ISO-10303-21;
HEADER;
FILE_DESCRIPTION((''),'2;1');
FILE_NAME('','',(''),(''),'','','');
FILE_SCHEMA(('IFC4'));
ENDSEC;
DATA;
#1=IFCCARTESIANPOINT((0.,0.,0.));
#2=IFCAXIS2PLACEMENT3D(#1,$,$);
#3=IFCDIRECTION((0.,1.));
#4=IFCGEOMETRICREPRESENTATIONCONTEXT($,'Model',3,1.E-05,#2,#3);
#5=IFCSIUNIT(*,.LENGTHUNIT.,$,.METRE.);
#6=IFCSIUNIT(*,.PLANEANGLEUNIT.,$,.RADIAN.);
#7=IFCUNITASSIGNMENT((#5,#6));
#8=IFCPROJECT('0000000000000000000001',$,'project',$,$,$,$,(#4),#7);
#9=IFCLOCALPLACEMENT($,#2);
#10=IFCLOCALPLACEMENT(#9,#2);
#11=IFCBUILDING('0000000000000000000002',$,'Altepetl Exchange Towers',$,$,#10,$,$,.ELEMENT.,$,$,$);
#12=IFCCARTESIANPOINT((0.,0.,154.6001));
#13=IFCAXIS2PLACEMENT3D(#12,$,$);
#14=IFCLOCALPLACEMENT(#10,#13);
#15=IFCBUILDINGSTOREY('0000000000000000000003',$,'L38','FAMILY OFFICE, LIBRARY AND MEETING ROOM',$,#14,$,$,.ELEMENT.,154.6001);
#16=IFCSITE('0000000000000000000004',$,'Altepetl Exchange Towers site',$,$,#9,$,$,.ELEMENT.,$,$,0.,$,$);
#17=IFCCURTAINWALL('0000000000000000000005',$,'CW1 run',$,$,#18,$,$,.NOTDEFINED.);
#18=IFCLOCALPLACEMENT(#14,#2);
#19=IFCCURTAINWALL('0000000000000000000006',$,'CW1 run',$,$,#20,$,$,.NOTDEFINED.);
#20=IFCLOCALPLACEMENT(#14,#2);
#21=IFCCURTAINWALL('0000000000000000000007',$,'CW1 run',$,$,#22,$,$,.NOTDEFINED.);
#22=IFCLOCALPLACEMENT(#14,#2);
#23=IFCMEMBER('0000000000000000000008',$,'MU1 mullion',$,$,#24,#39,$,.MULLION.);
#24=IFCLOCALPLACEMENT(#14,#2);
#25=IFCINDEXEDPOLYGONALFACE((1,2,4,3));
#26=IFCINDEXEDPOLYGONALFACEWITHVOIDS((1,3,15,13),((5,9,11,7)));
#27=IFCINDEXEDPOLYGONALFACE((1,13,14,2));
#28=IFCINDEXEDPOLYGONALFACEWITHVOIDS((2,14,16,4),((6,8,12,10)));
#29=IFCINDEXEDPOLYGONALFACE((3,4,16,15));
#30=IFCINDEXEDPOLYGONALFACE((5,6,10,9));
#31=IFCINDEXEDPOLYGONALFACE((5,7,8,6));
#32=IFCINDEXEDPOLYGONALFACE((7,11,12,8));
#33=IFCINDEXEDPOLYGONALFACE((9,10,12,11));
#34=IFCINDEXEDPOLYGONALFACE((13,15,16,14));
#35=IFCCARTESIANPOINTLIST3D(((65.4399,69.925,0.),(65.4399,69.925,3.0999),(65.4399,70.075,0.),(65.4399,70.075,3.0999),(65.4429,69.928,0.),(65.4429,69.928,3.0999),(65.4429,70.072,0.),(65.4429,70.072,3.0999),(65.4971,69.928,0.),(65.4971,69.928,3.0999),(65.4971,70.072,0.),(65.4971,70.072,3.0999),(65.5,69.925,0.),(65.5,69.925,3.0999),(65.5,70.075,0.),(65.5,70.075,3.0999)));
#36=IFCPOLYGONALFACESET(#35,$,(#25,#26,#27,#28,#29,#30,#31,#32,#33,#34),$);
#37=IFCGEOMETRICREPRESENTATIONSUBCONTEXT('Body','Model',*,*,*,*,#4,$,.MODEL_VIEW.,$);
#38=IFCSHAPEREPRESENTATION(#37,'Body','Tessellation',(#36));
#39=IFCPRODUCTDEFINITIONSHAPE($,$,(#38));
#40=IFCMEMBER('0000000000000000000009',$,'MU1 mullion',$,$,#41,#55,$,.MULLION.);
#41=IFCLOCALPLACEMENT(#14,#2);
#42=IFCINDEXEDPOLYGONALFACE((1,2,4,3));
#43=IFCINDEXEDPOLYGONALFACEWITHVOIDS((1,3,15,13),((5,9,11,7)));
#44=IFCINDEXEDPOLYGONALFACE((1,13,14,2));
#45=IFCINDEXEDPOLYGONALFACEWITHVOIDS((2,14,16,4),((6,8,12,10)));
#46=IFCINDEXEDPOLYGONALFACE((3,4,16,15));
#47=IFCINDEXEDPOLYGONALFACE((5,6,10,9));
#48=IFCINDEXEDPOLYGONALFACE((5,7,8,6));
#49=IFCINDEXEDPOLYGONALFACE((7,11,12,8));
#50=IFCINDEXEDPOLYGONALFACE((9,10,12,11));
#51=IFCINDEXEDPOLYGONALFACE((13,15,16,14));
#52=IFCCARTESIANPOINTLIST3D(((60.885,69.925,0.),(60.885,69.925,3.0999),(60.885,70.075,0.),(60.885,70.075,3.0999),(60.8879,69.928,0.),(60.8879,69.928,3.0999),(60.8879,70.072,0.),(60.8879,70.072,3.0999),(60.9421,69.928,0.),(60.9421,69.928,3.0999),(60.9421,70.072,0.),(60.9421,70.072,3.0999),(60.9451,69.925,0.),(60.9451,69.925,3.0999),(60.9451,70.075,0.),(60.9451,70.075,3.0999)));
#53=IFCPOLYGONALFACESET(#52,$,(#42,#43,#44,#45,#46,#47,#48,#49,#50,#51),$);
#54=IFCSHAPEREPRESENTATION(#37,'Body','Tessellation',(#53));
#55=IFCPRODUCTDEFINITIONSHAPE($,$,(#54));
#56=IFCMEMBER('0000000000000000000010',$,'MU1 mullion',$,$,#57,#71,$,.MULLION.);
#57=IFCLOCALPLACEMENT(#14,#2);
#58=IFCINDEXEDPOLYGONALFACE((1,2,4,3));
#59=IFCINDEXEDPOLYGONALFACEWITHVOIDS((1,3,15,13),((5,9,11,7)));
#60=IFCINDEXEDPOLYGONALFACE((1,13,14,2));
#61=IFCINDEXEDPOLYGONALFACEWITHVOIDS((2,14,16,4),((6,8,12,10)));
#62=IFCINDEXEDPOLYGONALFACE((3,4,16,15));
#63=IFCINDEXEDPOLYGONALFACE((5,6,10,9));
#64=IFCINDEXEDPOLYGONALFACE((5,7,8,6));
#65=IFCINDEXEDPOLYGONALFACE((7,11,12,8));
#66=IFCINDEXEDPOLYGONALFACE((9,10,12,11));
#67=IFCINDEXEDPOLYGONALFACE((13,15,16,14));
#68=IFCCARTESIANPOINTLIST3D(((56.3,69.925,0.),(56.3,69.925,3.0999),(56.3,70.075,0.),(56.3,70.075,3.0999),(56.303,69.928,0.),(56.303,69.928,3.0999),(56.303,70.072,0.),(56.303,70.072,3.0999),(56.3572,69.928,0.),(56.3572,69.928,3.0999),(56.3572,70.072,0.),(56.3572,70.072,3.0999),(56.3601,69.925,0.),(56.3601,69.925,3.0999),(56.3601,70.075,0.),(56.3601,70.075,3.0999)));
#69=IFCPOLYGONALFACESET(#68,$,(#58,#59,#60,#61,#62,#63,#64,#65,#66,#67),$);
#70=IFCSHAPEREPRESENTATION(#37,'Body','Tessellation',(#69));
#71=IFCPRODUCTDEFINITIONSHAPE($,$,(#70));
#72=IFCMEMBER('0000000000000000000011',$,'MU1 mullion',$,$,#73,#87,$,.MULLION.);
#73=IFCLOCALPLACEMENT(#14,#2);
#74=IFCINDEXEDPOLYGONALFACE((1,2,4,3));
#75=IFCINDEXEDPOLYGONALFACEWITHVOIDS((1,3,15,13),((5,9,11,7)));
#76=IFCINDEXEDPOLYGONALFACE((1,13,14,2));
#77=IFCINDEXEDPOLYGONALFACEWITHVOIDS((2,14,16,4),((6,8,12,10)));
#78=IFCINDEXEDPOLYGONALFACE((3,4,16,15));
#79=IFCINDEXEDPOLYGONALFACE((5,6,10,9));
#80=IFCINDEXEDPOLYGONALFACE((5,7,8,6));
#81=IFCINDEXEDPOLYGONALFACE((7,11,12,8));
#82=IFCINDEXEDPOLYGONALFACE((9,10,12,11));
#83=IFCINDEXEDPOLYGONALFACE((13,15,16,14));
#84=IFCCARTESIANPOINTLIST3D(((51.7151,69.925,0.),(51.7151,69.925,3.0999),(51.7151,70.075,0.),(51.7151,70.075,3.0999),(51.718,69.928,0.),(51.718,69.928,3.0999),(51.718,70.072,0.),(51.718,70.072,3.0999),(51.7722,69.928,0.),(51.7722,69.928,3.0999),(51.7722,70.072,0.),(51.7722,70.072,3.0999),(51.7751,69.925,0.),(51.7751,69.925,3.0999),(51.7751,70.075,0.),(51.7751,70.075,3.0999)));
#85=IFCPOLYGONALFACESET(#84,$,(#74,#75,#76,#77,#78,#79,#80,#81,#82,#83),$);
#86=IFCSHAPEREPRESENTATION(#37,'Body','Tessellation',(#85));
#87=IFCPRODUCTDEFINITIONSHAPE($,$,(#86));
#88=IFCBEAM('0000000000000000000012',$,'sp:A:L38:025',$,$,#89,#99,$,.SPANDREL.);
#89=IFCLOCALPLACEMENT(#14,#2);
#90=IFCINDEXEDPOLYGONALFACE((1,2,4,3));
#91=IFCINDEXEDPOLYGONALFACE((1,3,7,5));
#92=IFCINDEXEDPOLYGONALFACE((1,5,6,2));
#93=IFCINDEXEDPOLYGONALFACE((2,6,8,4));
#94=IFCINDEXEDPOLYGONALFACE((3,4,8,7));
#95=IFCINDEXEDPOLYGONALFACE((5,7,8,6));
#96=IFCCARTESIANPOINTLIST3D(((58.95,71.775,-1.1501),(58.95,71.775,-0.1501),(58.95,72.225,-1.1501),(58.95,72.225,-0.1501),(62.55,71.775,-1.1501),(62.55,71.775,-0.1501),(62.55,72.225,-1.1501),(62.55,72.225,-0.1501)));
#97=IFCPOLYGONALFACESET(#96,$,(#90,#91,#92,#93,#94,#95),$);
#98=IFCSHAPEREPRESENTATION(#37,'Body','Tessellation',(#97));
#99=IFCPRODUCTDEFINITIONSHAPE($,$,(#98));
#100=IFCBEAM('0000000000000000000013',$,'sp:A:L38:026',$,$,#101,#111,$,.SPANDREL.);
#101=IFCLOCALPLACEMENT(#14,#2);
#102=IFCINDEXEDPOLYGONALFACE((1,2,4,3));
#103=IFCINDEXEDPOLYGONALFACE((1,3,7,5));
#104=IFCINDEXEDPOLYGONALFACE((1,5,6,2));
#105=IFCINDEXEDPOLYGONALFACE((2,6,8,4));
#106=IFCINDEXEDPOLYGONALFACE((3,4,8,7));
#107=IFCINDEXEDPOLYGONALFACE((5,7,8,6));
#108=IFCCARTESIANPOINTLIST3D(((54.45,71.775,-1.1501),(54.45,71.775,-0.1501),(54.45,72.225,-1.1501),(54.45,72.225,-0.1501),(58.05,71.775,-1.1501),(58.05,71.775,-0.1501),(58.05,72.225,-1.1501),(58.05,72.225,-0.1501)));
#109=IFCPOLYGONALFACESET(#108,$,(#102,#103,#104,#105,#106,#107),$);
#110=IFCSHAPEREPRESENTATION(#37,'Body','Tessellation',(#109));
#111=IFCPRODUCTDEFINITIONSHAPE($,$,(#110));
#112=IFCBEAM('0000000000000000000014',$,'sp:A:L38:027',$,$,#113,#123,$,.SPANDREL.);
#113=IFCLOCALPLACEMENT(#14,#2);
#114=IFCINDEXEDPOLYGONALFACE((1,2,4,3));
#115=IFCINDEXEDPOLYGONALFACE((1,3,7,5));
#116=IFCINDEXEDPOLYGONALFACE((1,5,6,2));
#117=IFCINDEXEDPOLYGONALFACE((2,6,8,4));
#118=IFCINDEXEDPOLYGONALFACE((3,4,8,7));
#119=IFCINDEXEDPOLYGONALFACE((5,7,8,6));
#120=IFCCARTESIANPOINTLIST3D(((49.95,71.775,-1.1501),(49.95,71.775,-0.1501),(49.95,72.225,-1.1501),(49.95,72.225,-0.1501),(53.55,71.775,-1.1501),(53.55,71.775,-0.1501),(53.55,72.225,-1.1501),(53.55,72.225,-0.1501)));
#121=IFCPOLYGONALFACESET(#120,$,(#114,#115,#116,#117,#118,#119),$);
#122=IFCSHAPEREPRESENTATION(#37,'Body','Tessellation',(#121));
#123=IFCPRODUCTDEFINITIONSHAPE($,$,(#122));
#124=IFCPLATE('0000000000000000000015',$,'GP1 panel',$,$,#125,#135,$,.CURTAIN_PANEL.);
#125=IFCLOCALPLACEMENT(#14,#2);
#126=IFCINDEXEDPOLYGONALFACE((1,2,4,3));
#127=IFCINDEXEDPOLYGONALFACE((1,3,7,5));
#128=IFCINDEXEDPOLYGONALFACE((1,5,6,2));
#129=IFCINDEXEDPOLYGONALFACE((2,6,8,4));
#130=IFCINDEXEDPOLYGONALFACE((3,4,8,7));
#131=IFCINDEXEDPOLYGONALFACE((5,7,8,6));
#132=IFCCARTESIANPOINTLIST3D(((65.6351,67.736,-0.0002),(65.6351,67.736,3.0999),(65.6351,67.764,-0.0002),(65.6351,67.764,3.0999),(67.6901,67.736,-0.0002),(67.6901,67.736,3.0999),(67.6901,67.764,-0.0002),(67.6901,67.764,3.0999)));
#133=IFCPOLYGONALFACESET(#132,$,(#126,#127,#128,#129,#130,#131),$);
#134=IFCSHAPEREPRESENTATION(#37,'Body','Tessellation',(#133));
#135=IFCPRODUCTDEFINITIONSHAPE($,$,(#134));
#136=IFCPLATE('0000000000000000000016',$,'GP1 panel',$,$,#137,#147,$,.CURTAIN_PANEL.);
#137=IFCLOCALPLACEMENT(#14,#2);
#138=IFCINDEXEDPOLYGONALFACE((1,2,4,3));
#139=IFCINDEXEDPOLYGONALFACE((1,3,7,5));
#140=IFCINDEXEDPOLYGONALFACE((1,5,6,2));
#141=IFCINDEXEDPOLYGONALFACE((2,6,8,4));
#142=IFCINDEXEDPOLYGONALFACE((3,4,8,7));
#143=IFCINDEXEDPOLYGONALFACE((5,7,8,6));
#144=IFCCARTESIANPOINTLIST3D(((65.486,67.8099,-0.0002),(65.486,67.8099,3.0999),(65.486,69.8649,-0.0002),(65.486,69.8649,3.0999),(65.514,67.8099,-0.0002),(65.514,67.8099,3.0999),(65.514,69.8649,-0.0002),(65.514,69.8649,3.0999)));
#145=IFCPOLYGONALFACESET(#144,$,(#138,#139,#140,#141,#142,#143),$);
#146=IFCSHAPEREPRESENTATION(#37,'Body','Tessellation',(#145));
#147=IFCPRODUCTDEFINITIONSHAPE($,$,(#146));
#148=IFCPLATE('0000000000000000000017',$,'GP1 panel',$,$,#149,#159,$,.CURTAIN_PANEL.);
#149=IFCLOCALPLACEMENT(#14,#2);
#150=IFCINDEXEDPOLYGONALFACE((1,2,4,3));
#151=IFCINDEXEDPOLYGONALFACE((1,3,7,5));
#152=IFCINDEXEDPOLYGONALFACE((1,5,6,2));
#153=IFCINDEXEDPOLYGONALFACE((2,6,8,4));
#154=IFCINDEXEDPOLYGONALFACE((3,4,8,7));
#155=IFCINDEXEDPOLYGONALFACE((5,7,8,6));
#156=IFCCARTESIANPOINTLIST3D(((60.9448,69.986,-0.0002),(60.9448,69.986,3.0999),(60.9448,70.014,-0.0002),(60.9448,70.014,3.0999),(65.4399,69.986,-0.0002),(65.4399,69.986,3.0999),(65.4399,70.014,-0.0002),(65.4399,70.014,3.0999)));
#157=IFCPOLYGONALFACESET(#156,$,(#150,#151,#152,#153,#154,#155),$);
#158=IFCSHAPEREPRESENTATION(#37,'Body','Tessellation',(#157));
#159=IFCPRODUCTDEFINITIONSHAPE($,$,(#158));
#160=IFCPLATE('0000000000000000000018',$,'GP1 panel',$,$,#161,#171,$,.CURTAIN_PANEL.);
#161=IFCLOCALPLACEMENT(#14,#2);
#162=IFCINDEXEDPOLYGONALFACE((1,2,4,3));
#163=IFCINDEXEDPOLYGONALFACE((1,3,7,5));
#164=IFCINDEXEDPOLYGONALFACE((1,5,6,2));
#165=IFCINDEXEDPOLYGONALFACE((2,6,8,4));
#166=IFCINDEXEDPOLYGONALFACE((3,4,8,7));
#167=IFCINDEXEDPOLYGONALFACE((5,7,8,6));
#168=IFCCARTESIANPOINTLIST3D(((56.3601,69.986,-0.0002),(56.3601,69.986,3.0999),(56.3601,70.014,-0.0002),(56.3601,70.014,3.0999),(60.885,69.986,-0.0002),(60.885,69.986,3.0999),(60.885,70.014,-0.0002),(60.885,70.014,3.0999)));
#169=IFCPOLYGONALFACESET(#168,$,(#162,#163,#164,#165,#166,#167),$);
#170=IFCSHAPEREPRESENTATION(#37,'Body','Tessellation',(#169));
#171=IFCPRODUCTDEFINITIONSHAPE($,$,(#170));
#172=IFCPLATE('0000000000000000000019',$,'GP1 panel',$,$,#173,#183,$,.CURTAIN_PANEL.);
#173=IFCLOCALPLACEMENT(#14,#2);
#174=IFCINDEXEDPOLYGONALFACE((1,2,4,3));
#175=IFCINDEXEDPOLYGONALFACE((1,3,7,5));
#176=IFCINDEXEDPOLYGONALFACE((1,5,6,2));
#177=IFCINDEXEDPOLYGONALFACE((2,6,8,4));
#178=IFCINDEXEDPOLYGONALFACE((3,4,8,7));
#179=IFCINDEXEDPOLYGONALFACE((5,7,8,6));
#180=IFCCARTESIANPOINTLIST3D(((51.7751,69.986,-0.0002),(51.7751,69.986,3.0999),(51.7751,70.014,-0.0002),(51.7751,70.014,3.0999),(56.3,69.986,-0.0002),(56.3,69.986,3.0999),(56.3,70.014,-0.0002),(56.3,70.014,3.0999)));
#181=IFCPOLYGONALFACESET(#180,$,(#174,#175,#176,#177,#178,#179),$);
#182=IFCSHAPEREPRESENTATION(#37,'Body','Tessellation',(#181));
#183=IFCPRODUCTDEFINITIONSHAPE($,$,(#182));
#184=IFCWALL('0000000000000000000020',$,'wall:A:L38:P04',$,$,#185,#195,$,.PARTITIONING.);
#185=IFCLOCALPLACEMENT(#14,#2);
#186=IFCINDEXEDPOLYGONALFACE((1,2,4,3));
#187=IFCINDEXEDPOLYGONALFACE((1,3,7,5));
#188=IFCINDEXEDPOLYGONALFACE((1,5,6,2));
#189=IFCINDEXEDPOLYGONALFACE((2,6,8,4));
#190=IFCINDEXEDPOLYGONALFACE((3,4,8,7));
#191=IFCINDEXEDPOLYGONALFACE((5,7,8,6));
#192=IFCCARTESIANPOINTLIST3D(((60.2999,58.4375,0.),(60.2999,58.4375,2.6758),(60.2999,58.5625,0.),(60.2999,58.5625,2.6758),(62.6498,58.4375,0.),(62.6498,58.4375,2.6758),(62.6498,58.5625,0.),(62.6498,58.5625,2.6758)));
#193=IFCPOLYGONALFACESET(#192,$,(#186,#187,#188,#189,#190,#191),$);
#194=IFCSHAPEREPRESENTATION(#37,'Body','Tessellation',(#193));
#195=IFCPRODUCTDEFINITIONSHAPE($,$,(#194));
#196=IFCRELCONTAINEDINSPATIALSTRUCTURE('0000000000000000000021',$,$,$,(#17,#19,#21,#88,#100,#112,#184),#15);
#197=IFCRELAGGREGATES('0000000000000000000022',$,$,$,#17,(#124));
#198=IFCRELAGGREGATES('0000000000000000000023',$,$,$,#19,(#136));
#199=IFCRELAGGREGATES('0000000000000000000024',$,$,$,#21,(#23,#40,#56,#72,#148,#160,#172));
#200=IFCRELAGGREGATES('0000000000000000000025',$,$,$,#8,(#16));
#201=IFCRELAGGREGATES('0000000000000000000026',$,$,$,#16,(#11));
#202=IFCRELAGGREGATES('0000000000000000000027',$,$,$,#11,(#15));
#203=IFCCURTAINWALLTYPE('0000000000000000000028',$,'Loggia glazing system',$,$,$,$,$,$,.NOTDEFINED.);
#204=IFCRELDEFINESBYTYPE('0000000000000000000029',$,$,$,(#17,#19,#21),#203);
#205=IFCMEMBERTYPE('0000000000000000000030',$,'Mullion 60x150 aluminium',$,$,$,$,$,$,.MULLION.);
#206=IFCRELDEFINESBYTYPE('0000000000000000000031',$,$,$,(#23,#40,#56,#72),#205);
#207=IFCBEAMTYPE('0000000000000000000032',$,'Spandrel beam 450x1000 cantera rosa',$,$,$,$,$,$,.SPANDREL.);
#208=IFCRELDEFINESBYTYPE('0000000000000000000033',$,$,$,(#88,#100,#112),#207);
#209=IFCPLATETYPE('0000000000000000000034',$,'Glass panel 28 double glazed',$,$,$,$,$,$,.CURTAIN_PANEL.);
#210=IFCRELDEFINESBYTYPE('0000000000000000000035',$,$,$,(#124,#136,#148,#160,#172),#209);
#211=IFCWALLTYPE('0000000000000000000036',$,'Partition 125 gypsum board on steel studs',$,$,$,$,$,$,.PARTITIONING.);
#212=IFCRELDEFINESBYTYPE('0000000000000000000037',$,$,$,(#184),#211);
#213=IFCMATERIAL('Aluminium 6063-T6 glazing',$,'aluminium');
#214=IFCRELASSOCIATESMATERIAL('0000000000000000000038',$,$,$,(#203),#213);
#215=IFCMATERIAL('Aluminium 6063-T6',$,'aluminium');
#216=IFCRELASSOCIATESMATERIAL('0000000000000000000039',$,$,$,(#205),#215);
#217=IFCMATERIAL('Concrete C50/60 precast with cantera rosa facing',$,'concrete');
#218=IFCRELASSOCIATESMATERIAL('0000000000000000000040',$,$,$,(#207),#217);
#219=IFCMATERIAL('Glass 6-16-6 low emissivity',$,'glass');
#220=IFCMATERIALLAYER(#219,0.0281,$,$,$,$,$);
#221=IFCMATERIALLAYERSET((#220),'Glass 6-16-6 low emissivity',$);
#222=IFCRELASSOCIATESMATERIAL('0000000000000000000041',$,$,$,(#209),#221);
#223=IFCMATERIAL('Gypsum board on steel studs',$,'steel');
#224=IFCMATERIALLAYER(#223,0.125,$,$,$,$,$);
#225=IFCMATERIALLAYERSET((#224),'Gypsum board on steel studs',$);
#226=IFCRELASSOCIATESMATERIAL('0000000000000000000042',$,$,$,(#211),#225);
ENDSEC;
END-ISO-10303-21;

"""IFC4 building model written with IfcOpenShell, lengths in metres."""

from ifc_helpers import new_model, si_unit, direction, frame, frame_2d, origin, origin_2d, place, context, subcontext, project, spatial, rectangle, hollow_rectangle, extrude, material, layer, layer_set, material_profile, profile_set, type_object, element, aggregate, save


model = new_model("IFC4")

# Units and contexts
model_context = context("Model", 3, precision=1e-05, world=origin(), true_north=direction((0.0, 1.0)))
body_context = subcontext(model_context, "Body", "Model", "MODEL_VIEW")
ifc_project = project(units=[si_unit("LENGTHUNIT", "METRE"), si_unit("PLANEANGLEUNIT", "RADIAN")], contexts=[model_context])

# Site, building, storey
site_placement = place(None, origin())
site = spatial("IfcSite", under=ifc_project, at=site_placement, Name="Altepetl Exchange Towers site", CompositionType="ELEMENT", RefElevation=0.0)
building_placement = place(site_placement, origin())
building = spatial("IfcBuilding", under=site, at=building_placement, Name="Altepetl Exchange Towers", CompositionType="ELEMENT")
storey_placement = place(building_placement, frame((0.0, 0.0, 154.6001)))
storey = spatial("IfcBuildingStorey", under=building, at=storey_placement, Name="L38", Description="FAMILY OFFICE, LIBRARY AND MEETING ROOM", CompositionType="ELEMENT", Elevation=154.6001)

# Curtain wall
ifc_material_1 = material(Name="Aluminium 6063-T6 glazing", Category="aluminium")
curtain_wall_type = type_object("IfcCurtainWallType", Name="Loggia glazing system", PredefinedType="NOTDEFINED", material=ifc_material_1)
curtain_wall_1_placement = place(storey_placement, origin())
curtain_wall_1 = element("IfcCurtainWall", 1, at=curtain_wall_1_placement, inside=storey, type_object=curtain_wall_type, Name="CW1 run", PredefinedType="NOTDEFINED")
ifc_material_2 = material(Name="Aluminium 6063-T6", Category="aluminium")
ifc_material_profile_1 = material_profile(ifc_material_2, hollow_rectangle(XDim=0.0601, YDim=0.1499, WallThickness=0.0029, at=origin_2d()), Name="Mullion 60x150 aluminium")
ifc_profile_set_1 = profile_set([ifc_material_profile_1], Name="Aluminium 6063-T6")
member_type = type_object("IfcMemberType", Name="Mullion 60x150 aluminium", PredefinedType="MULLION", material=ifc_profile_set_1)

# Curtain walls, members
curtain_wall_2_placement = place(storey_placement, origin())
curtain_wall_2 = element("IfcCurtainWall", 2, at=curtain_wall_2_placement, inside=storey, type_object=curtain_wall_type, Name="CW1 run", PredefinedType="NOTDEFINED")
curtain_wall_3_placement = place(storey_placement, origin())
curtain_wall_3 = element("IfcCurtainWall", 3, at=curtain_wall_3_placement, inside=storey, type_object=curtain_wall_type, Name="CW1 run", PredefinedType="NOTDEFINED")
member_1_placement = place(storey_placement, frame((65.47, 70.0, 0.0), z_axis=(0.0, 0.0, 1.0), x_axis=(-1.0, 0.0, 0.0)))
member_1 = element("IfcMember", 4, at=member_1_placement, type_object=member_type, Name="MU1 mullion", PredefinedType="MULLION", context=body_context, shape_type="SweptSolid", body=[
    extrude(hollow_rectangle(XDim=0.0601, YDim=0.1499, WallThickness=0.0029, at=origin_2d()), origin(), (0.0, 0.0, 1.0), 3.0999),
])
member_2_placement = place(storey_placement, frame((60.915, 70.0, 0.0), z_axis=(0.0, 0.0, 1.0), x_axis=(-1.0, 0.0, 0.0)))
member_2 = element("IfcMember", 5, at=member_2_placement, type_object=member_type, Name="MU1 mullion", PredefinedType="MULLION", context=body_context, shape_type="SweptSolid", body=[
    extrude(hollow_rectangle(XDim=0.0601, YDim=0.1499, WallThickness=0.0029, at=origin_2d()), origin(), (0.0, 0.0, 1.0), 3.0999),
])
member_3_placement = place(storey_placement, frame((56.3301, 70.0, 0.0), z_axis=(0.0, 0.0, 1.0), x_axis=(-1.0, 0.0, 0.0)))
member_3 = element("IfcMember", 6, at=member_3_placement, type_object=member_type, Name="MU1 mullion", PredefinedType="MULLION", context=body_context, shape_type="SweptSolid", body=[
    extrude(hollow_rectangle(XDim=0.0601, YDim=0.1499, WallThickness=0.0029, at=origin_2d()), origin(), (0.0, 0.0, 1.0), 3.0999),
])
member_4_placement = place(storey_placement, frame((51.7451, 70.0, 0.0), z_axis=(0.0, 0.0, 1.0), x_axis=(-1.0, 0.0, 0.0)))
member_4 = element("IfcMember", 7, at=member_4_placement, type_object=member_type, Name="MU1 mullion", PredefinedType="MULLION", context=body_context, shape_type="SweptSolid", body=[
    extrude(hollow_rectangle(XDim=0.0601, YDim=0.1499, WallThickness=0.0029, at=origin_2d()), origin(), (0.0, 0.0, 1.0), 3.0999),
])

# Beams
ifc_material_3 = material(Name="Concrete C50/60 precast with cantera rosa facing", Category="concrete")
ifc_material_profile_2 = material_profile(ifc_material_3, rectangle(XDim=0.45, YDim=1.0, at=origin_2d()), Name="450 x 1000")
ifc_profile_set_2 = profile_set([ifc_material_profile_2], Name="Concrete C50/60 precast with cantera rosa facing")
beam_type_1 = type_object("IfcBeamType", Name="Spandrel beam 450x1000 cantera rosa", PredefinedType="SPANDREL", material=ifc_profile_set_2)
for number, where, z_axis, x_axis, name in (
    (8, (62.55, 72.0, -0.6501), (-1.0, 0.0, 0.0), (0.0, -1.0, 0.0), "sp:A:L38:025"),
    (9, (58.05, 72.0, -0.6501), (-1.0, 0.0, 0.0), (0.0, -1.0, 0.0), "sp:A:L38:026"),
    (10, (53.55, 72.0, -0.6501), (-1.0, 0.0, 0.0), (0.0, -1.0, 0.0), "sp:A:L38:027"),
):
    element("IfcBeam", number, at=place(storey_placement, frame(where, z_axis=z_axis, x_axis=x_axis)), inside=storey, type_object=beam_type_1, Name=name, PredefinedType="SPANDREL", context=body_context, shape_type="SweptSolid", body=[
        extrude(rectangle(XDim=0.45, YDim=1.0, at=origin_2d()), origin(), (0.0, 0.0, 1.0), 3.6001),
    ])

# Plates
ifc_material_4 = material(Name="Glass 6-16-6 low emissivity", Category="glass")
ifc_layer_1 = layer(ifc_material_4, 0.0281)
ifc_layer_set_1 = layer_set([ifc_layer_1], Name="Glass 6-16-6 low emissivity")
plate_type = type_object("IfcPlateType", Name="Glass panel 28 double glazed", PredefinedType="CURTAIN_PANEL", material=ifc_layer_set_1)
plate_1_placement = place(storey_placement, frame((66.6626, 67.75, -0.0002), z_axis=(0.0, 0.0, 1.0), x_axis=(-1.0, 0.0, 0.0)))
plate_1 = element("IfcPlate", 11, at=plate_1_placement, type_object=plate_type, Name="GP1 panel", PredefinedType="CURTAIN_PANEL", context=body_context, shape_type="SweptSolid", body=[
    extrude(rectangle(XDim=2.0549, YDim=0.0281, at=origin_2d()), origin(), (0.0, 0.0, 1.0), 3.1001),
])
aggregate(curtain_wall_1, [plate_1])
plate_2_placement = place(storey_placement, frame((65.5, 68.8374, -0.0002), z_axis=(0.0, 0.0, 1.0), x_axis=(0.0, 1.0, 0.0)))
plate_2 = element("IfcPlate", 12, at=plate_2_placement, type_object=plate_type, Name="GP1 panel", PredefinedType="CURTAIN_PANEL", context=body_context, shape_type="SweptSolid", body=[
    extrude(rectangle(XDim=2.0549, YDim=0.0281, at=origin_2d()), origin(), (0.0, 0.0, 1.0), 3.1001),
])
aggregate(curtain_wall_2, [plate_2])
plate_3_placement = place(storey_placement, frame((63.1924, 70.0, -0.0002), z_axis=(0.0, 0.0, 1.0), x_axis=(-1.0, 0.0, 0.0)))
plate_3 = element("IfcPlate", 13, at=plate_3_placement, type_object=plate_type, Name="GP1 panel", PredefinedType="CURTAIN_PANEL", context=body_context, shape_type="SweptSolid", body=[
    extrude(rectangle(XDim=4.4951, YDim=0.0281, at=origin_2d()), origin(), (0.0, 0.0, 1.0), 3.1001),
])
plate_4_placement = place(storey_placement, frame((58.6226, 70.0, -0.0002), z_axis=(0.0, 0.0, 1.0), x_axis=(-1.0, 0.0, 0.0)))
plate_4 = element("IfcPlate", 14, at=plate_4_placement, type_object=plate_type, Name="GP1 panel", PredefinedType="CURTAIN_PANEL", context=body_context, shape_type="SweptSolid", body=[
    extrude(rectangle(XDim=4.5249, YDim=0.0281, at=origin_2d()), origin(), (0.0, 0.0, 1.0), 3.1001),
])
plate_5_placement = place(storey_placement, frame((54.0376, 70.0, -0.0002), z_axis=(0.0, 0.0, 1.0), x_axis=(-1.0, 0.0, 0.0)))
plate_5 = element("IfcPlate", 15, at=plate_5_placement, type_object=plate_type, Name="GP1 panel", PredefinedType="CURTAIN_PANEL", context=body_context, shape_type="SweptSolid", body=[
    extrude(rectangle(XDim=4.5249, YDim=0.0281, at=origin_2d()), origin(), (0.0, 0.0, 1.0), 3.1001),
])
aggregate(curtain_wall_3, [member_1, member_2, member_3, member_4, plate_3, plate_4, plate_5])

# Wall
ifc_material_5 = material(Name="Gypsum board on steel studs", Category="steel")
ifc_layer_2 = layer(ifc_material_5, 0.125)
ifc_layer_set_2 = layer_set([ifc_layer_2], Name="Gypsum board on steel studs")
wall_type = type_object("IfcWallType", Name="Partition 125 gypsum board on steel studs", PredefinedType="PARTITIONING", material=ifc_layer_set_2)
wall_1_placement = place(storey_placement, frame((60.3, 58.5, 0.0)))
element("IfcWall", 16, at=wall_1_placement, inside=storey, type_object=wall_type, Name="wall:A:L38:P04", PredefinedType="PARTITIONING", context=body_context, shape_type="SweptSolid", body=[
    extrude(rectangle(XDim=2.3499, YDim=0.125, at=frame_2d((1.1748, 0.0))), origin(), (0.0, 0.0, 1.0), 2.6758),
])

save(model, "model.ifc")
